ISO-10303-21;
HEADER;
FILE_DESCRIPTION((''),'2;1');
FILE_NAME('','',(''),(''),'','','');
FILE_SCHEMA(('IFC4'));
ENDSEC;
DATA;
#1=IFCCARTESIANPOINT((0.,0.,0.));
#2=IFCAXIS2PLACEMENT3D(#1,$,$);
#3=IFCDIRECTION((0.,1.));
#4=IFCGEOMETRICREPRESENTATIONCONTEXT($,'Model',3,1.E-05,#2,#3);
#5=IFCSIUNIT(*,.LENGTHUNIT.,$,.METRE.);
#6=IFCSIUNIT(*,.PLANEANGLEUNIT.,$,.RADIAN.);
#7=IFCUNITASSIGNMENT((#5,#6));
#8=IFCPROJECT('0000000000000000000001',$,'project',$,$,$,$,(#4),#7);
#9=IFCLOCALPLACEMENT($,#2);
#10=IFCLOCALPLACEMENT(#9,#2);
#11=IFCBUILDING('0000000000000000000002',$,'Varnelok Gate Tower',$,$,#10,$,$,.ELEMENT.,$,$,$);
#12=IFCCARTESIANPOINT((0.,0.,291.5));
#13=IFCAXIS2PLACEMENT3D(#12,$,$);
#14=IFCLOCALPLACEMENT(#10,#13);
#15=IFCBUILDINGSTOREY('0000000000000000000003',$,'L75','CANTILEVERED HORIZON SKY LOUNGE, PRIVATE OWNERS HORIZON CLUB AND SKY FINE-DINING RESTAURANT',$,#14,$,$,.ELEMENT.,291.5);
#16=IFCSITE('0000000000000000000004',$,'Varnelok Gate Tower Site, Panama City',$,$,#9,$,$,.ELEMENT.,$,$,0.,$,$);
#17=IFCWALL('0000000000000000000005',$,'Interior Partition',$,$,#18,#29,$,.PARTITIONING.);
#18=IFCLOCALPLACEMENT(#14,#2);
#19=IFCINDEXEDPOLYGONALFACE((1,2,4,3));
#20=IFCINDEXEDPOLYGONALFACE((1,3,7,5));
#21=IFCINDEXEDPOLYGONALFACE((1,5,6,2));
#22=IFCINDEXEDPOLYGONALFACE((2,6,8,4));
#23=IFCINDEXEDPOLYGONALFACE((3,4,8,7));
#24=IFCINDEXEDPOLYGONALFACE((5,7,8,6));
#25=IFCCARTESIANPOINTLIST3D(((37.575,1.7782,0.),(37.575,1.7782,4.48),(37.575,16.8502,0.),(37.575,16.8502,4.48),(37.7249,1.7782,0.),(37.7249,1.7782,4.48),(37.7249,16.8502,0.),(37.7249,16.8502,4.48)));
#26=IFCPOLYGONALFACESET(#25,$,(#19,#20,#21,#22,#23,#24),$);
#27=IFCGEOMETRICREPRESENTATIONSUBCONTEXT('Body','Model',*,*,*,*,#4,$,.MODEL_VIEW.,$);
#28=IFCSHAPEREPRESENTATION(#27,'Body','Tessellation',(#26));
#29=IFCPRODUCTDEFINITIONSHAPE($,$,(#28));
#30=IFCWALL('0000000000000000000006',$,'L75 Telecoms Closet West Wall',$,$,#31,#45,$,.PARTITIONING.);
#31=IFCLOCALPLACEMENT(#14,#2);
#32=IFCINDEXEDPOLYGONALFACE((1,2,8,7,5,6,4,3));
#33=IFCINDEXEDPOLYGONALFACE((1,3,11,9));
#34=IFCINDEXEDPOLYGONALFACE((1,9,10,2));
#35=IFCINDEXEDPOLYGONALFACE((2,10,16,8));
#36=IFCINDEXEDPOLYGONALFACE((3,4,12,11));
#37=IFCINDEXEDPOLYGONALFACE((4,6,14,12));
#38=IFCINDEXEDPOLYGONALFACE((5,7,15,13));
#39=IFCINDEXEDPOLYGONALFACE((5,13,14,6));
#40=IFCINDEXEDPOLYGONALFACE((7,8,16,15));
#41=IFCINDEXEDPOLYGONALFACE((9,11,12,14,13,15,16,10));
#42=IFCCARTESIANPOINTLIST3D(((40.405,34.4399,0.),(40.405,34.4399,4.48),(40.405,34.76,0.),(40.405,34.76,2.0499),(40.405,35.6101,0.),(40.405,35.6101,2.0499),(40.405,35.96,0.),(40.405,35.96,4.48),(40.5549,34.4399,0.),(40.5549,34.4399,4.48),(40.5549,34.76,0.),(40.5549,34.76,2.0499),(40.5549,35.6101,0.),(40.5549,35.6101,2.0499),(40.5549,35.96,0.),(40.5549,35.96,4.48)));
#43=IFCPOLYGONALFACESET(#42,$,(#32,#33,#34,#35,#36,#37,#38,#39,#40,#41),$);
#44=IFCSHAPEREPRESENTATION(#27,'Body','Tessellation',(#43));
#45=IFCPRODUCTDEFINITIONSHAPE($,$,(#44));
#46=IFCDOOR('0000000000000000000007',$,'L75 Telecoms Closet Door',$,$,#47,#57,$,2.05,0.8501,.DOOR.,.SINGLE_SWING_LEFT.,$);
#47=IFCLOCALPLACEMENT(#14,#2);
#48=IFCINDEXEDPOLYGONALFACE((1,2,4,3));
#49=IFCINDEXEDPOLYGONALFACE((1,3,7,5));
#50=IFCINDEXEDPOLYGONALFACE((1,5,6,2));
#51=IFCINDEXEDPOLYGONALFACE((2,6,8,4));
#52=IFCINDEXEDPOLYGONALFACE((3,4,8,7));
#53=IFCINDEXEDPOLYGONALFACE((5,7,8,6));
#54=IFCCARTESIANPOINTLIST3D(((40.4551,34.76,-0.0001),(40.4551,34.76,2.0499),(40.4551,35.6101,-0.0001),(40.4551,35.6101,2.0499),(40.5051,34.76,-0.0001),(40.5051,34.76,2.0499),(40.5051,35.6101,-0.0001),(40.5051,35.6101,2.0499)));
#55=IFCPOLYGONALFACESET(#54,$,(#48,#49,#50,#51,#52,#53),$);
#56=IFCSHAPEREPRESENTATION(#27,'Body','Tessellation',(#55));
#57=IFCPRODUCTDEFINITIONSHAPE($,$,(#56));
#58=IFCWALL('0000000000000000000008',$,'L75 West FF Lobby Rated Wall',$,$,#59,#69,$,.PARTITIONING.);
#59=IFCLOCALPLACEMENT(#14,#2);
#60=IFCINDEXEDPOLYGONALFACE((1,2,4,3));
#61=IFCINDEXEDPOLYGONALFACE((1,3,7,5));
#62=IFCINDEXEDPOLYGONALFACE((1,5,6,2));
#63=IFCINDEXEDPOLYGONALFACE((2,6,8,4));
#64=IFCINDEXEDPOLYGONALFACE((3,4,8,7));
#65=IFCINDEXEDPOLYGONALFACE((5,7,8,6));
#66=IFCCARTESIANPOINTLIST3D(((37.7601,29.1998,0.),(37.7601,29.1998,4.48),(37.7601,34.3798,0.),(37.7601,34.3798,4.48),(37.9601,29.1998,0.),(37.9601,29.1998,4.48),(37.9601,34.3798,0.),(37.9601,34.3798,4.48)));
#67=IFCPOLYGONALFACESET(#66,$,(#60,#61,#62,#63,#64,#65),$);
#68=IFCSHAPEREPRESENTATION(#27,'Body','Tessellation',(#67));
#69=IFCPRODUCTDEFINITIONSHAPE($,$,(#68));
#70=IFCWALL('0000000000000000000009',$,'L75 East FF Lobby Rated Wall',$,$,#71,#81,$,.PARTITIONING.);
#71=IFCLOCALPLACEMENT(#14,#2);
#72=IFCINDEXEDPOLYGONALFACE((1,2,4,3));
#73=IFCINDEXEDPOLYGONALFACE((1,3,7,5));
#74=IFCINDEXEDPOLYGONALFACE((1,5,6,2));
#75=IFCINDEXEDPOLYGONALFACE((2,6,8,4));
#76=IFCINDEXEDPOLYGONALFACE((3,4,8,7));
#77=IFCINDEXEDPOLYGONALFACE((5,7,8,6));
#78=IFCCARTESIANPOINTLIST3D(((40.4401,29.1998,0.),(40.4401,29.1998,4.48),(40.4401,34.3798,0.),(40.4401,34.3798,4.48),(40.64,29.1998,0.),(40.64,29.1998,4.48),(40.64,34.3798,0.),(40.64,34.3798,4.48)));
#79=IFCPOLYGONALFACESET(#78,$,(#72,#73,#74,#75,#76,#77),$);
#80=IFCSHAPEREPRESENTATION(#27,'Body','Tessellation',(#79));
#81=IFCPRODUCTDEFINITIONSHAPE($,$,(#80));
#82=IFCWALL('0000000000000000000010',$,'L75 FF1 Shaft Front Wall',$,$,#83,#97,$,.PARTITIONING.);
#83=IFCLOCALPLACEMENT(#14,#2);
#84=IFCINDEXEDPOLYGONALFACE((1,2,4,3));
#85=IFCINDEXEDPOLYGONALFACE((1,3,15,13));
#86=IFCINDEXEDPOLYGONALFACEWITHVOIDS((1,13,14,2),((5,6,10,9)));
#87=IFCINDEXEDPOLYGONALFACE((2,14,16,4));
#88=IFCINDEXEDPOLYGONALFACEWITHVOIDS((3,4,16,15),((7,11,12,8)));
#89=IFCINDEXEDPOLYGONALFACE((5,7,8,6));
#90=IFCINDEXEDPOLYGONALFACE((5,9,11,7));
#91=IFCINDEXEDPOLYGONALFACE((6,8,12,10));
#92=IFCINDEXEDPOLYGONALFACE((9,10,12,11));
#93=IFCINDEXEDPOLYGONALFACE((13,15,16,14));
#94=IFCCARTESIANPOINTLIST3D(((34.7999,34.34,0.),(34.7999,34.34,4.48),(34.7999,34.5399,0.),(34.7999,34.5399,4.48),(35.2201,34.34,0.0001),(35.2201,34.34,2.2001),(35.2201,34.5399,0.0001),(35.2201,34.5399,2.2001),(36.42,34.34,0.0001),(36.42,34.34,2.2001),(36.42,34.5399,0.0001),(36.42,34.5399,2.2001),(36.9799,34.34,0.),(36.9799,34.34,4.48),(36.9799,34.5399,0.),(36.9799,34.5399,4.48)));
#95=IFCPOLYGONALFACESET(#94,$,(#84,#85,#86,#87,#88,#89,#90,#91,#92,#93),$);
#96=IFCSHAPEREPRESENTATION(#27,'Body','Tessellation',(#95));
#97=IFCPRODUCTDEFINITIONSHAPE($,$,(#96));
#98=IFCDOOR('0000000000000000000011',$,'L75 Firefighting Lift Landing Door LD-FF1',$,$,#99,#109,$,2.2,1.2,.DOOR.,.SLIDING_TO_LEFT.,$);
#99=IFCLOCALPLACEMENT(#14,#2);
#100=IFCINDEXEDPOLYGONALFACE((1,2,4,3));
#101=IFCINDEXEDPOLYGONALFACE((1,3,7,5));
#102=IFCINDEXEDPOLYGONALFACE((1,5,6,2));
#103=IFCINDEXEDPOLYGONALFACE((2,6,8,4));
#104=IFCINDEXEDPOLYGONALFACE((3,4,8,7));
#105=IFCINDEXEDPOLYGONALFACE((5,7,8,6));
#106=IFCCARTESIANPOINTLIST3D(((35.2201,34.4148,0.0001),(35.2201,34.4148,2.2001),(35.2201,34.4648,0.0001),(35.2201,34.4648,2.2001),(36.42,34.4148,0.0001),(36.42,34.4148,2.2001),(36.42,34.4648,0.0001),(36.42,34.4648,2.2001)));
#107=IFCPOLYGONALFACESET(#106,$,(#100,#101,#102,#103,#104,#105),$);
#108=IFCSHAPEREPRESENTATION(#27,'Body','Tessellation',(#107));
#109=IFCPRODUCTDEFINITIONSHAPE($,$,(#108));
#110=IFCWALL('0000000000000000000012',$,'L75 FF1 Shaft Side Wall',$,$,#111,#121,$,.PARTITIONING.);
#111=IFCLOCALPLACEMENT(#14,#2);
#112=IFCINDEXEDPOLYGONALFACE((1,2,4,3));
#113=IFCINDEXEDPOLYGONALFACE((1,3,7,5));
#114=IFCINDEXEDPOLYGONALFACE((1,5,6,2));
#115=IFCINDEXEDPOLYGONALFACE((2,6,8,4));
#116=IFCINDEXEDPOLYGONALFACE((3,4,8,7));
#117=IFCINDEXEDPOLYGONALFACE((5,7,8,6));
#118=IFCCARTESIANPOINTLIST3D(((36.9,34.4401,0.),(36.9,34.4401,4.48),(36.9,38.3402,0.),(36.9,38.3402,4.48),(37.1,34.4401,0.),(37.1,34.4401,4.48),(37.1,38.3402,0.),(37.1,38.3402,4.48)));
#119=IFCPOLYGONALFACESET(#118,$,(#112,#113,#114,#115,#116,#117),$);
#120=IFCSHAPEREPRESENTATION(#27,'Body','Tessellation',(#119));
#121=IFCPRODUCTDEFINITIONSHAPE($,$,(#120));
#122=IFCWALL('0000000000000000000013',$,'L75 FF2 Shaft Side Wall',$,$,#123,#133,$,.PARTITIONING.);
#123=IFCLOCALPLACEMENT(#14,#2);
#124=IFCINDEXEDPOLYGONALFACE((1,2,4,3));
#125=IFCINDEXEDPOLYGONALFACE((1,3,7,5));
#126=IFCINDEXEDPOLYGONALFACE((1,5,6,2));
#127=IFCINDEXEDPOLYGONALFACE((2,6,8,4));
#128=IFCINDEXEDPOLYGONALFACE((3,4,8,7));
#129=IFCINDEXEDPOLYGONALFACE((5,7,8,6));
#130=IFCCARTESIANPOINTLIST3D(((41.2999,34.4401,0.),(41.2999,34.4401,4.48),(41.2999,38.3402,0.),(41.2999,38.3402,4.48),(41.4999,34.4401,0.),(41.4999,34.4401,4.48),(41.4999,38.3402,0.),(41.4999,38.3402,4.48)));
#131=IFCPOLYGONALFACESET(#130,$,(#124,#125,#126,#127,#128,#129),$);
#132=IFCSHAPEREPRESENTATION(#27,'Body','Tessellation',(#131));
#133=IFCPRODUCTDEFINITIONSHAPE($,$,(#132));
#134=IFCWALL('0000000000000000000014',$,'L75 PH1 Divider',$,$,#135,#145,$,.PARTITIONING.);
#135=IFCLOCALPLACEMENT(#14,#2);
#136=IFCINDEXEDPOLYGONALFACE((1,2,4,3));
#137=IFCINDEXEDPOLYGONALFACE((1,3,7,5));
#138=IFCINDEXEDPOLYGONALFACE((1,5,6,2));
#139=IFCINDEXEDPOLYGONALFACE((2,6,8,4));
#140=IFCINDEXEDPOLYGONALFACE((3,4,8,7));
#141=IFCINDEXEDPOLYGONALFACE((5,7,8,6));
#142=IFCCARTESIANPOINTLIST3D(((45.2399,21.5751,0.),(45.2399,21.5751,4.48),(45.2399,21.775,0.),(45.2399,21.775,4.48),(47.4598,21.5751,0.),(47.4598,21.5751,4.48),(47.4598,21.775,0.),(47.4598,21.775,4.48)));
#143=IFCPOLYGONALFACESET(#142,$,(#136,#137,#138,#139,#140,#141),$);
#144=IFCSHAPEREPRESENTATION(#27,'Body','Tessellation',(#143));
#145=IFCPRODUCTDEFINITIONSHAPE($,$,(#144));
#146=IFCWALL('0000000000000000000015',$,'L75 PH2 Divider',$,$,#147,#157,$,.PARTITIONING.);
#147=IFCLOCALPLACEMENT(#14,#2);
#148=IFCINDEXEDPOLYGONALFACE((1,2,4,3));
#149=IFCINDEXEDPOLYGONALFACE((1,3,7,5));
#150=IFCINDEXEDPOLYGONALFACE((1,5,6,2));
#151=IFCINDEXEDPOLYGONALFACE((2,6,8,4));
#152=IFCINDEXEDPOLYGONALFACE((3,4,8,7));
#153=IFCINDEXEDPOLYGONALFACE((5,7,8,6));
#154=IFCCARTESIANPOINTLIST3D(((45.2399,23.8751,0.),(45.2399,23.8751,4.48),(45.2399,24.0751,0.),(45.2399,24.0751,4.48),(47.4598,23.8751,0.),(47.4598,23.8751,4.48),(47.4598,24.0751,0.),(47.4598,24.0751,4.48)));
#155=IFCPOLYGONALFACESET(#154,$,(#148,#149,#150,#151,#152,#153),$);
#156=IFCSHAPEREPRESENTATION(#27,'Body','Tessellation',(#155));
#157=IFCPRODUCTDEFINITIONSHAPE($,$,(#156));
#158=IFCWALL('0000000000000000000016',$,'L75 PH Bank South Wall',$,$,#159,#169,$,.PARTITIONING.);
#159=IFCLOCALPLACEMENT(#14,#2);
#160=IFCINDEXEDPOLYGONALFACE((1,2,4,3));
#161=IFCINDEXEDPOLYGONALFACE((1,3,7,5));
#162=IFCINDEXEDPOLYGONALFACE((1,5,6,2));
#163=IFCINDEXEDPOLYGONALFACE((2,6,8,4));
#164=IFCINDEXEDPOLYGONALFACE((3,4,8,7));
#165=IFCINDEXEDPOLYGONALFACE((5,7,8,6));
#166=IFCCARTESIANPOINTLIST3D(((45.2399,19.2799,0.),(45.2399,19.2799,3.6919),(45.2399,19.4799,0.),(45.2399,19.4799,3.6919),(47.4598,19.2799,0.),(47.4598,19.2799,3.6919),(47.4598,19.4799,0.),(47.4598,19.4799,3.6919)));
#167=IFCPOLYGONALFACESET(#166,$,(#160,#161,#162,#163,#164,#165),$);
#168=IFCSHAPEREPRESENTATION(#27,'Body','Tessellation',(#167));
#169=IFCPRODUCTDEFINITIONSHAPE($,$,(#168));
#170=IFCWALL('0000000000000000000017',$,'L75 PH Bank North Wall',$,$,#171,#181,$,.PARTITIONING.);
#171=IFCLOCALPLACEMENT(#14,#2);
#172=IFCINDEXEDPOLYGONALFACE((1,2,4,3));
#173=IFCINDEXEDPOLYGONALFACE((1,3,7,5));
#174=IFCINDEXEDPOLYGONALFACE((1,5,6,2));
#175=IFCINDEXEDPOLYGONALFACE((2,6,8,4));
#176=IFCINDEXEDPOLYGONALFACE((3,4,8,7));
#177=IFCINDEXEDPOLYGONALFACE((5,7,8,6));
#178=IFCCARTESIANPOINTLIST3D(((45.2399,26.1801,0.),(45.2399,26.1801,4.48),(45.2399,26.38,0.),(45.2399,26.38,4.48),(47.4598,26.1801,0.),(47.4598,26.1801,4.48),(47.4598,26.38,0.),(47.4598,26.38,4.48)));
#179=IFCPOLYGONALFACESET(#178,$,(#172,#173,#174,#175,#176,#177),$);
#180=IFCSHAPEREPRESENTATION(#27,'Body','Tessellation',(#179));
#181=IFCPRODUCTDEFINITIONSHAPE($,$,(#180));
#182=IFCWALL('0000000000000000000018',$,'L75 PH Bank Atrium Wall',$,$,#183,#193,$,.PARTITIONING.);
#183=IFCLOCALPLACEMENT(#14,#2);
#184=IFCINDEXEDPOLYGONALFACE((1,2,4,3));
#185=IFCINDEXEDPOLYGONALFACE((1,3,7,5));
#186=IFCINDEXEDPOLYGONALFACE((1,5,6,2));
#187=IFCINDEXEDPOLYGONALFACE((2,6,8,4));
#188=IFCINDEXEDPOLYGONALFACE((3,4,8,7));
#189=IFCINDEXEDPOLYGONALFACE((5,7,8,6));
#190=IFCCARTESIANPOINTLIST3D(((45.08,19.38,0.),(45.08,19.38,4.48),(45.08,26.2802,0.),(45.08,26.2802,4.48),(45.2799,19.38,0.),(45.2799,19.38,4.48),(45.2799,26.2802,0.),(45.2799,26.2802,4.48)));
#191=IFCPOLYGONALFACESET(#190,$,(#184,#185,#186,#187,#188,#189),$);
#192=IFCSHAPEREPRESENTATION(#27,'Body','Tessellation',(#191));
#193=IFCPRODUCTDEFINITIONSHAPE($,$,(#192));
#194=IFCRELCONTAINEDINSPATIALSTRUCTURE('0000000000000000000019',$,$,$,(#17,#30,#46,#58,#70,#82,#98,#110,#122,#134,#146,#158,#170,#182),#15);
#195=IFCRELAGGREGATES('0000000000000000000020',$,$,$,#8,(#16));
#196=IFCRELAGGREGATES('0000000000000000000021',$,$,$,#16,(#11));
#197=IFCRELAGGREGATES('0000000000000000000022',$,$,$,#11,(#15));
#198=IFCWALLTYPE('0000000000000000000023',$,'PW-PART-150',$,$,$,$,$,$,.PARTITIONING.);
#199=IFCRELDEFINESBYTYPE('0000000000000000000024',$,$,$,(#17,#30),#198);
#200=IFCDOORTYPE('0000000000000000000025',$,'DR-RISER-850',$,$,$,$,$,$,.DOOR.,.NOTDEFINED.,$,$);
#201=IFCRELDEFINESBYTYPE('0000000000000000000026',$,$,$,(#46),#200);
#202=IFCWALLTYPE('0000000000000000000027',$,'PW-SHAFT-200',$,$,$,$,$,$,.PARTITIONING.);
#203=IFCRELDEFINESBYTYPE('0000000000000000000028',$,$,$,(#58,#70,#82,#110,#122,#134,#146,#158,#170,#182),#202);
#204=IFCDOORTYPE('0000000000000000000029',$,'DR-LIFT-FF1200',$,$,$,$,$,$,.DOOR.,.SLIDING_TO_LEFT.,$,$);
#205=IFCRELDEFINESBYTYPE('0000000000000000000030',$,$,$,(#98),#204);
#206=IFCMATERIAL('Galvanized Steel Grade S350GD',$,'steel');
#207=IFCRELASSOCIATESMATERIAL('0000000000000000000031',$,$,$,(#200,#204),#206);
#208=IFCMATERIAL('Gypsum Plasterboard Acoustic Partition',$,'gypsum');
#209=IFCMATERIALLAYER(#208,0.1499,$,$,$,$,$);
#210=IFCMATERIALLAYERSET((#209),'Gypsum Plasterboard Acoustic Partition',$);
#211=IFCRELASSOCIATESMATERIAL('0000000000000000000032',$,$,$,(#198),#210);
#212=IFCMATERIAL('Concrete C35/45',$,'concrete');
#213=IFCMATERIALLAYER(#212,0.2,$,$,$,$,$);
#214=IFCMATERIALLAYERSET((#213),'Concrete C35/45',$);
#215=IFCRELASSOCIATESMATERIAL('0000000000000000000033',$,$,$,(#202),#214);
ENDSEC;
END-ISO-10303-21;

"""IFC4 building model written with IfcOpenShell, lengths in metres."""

from ifc_helpers import new_model, si_unit, direction, frame, frame_2d, origin, place, context, subcontext, project, spatial, rectangle, extrude, material, layer, layer_set, type_object, element, fill, save


model = new_model("IFC4")

# Units and contexts
model_context = context("Model", 3, precision=1e-05, world=origin(), true_north=direction((0.0, 1.0)))
body_context = subcontext(model_context, "Body", "Model", "MODEL_VIEW")
ifc_project = project(units=[si_unit("LENGTHUNIT", "METRE"), si_unit("PLANEANGLEUNIT", "RADIAN")], contexts=[model_context])

# Site, building, storey
site_placement = place(None, origin())
site = spatial("IfcSite", under=ifc_project, at=site_placement, Name="Varnelok Gate Tower Site, Panama City", CompositionType="ELEMENT", RefElevation=0.0)
building_placement = place(site_placement, origin())
building = spatial("IfcBuilding", under=site, at=building_placement, Name="Varnelok Gate Tower", CompositionType="ELEMENT")
storey_placement = place(building_placement, frame((0.0, 0.0, 291.5)))
storey = spatial("IfcBuildingStorey", under=building, at=storey_placement, Name="L75", Description="CANTILEVERED HORIZON SKY LOUNGE, PRIVATE OWNERS HORIZON CLUB AND SKY FINE-DINING RESTAURANT", CompositionType="ELEMENT", Elevation=291.5)

# Shared definitions
ifc_material_1 = material(Name="Gypsum Plasterboard Acoustic Partition", Category="gypsum")
ifc_material_2 = material(Name="Galvanized Steel Grade S350GD", Category="steel")
door_type_1 = type_object("IfcDoorType", Name="DR-RISER-850", OperationType="NOTDEFINED", PredefinedType="DOOR", material=ifc_material_2)

# Wall
ifc_layer_1 = layer(ifc_material_1, 0.1499)
ifc_layer_set_1 = layer_set([ifc_layer_1], Name="Gypsum Plasterboard Acoustic Partition")
wall_type_1 = type_object("IfcWallType", Name="PW-PART-150", PredefinedType="PARTITIONING", material=ifc_layer_set_1)
wall_1_placement = place(storey_placement, frame((37.6499, 1.7781, 0.0), z_axis=(0.0, 0.0, 1.0), x_axis=(0.0, 1.0, 0.0)))
element("IfcWall", 1, at=wall_1_placement, inside=storey, type_object=wall_type_1, Name="Interior Partition", PredefinedType="PARTITIONING", context=body_context, shape_type="SweptSolid", body=[
    extrude(rectangle(XDim=15.072, YDim=0.1499, at=frame_2d((7.5361, 0.0))), origin(), (0.0, 0.0, 1.0), 4.48),
])

# Wall, opening, door
wall_2_placement = place(storey_placement, frame((40.48, 34.4399, 0.0), z_axis=(0.0, 0.0, 1.0), x_axis=(0.0, 1.0, 0.0)))
wall_2 = element("IfcWall", 2, at=wall_2_placement, inside=storey, type_object=wall_type_1, Name="L75 Telecoms Closet West Wall", PredefinedType="PARTITIONING", context=body_context, shape_type="SweptSolid", body=[
    extrude(rectangle(XDim=1.52, YDim=0.1499, at=frame_2d((0.76, 0.0))), origin(), (0.0, 0.0, 1.0), 4.48),
])
opening_1_placement = place(wall_2_placement, frame((0.3201, 0.0, 0.0)))
opening_1 = element("IfcOpeningElement", 3, at=opening_1_placement, cuts=wall_2, PredefinedType="OPENING", context=body_context, shape_type="SweptSolid", body=[
    extrude(rectangle(XDim=0.8501, YDim=2.05, at=frame_2d((0.425, 1.0249))), frame((0.0, 0.085, 0.0), z_axis=(0.0, -1.0, 0.0), x_axis=(1.0, 0.0, 0.0)), (0.0, 0.0, 1.0), 0.1699),
])
door_1_placement = place(opening_1_placement, origin())
door_1 = element("IfcDoor", 4, at=door_1_placement, inside=storey, type_object=door_type_1, Name="L75 Telecoms Closet Door", OperationType="SINGLE_SWING_LEFT", OverallHeight=2.05, OverallWidth=0.8501, PredefinedType="DOOR", context=body_context, shape_type="SweptSolid", body=[
    extrude(rectangle(XDim=0.8501, YDim=2.05, at=frame_2d((0.425, 1.0249))), frame((0.0, 0.0249, 0.0), z_axis=(0.0, -1.0, 0.0), x_axis=(1.0, 0.0, 0.0)), (0.0, 0.0, 1.0), 0.05),
])
fill(opening_1, door_1)

# Walls
ifc_material_3 = material(Name="Concrete C35/45", Category="concrete")
ifc_layer_2 = layer(ifc_material_3, 0.2)
ifc_layer_set_2 = layer_set([ifc_layer_2], Name="Concrete C35/45")
wall_type_2 = type_object("IfcWallType", Name="PW-SHAFT-200", PredefinedType="PARTITIONING", material=ifc_layer_set_2)
for number, where, z_axis, x_axis, name in (
    (5, (37.8601, 29.2, 0.0), (0.0, 0.0, 1.0), (0.0, 1.0, 0.0), "L75 West FF Lobby Rated Wall"),
    (6, (40.54, 29.2, 0.0), (0.0, 0.0, 1.0), (0.0, 1.0, 0.0), "L75 East FF Lobby Rated Wall"),
):
    element("IfcWall", number, at=place(storey_placement, frame(where, z_axis=z_axis, x_axis=x_axis)), inside=storey, type_object=wall_type_2, Name=name, PredefinedType="PARTITIONING", context=body_context, shape_type="SweptSolid", body=[
        extrude(rectangle(XDim=5.1799, YDim=0.2, at=frame_2d((2.5898, 0.0))), origin(), (0.0, 0.0, 1.0), 4.48),
    ])

# Wall, opening, door
wall_3_placement = place(storey_placement, frame((34.8, 34.4399, 0.0), z_axis=(0.0, 0.0, 1.0), x_axis=(1.0, 0.0, 0.0)))
wall_3 = element("IfcWall", 7, at=wall_3_placement, inside=storey, type_object=wall_type_2, Name="L75 FF1 Shaft Front Wall", PredefinedType="PARTITIONING", context=body_context, shape_type="SweptSolid", body=[
    extrude(rectangle(XDim=2.1799, YDim=0.2, at=frame_2d((1.0898, 0.0))), origin(), (0.0, 0.0, 1.0), 4.48),
])
opening_2_placement = place(wall_3_placement, frame((0.4199, 0.0, 0.0)))
opening_2 = element("IfcOpeningElement", 8, at=opening_2_placement, cuts=wall_3, PredefinedType="OPENING", context=body_context, shape_type="SweptSolid", body=[
    extrude(rectangle(XDim=1.2, YDim=2.2, at=frame_2d((0.6001, 1.1001))), frame((0.0, 0.1099, 0.0), z_axis=(0.0, -1.0, 0.0), x_axis=(1.0, 0.0, 0.0)), (0.0, 0.0, 1.0), 0.22),
])
door_type_2 = type_object("IfcDoorType", Name="DR-LIFT-FF1200", OperationType="SLIDING_TO_LEFT", PredefinedType="DOOR", material=ifc_material_2)
door_2_placement = place(opening_2_placement, origin())
door_2 = element("IfcDoor", 9, at=door_2_placement, inside=storey, type_object=door_type_2, Name="L75 Firefighting Lift Landing Door LD-FF1", OperationType="SLIDING_TO_LEFT", OverallHeight=2.2, OverallWidth=1.2, PredefinedType="DOOR", context=body_context, shape_type="SweptSolid", body=[
    extrude(rectangle(XDim=1.2, YDim=2.2, at=frame_2d((0.6001, 1.1001))), frame((0.0, 0.0249, 0.0), z_axis=(0.0, -1.0, 0.0), x_axis=(1.0, 0.0, 0.0)), (0.0, 0.0, 1.0), 0.05),
])
fill(opening_2, door_2)

# Walls
for number, where, z_axis, x_axis, name in (
    (10, (37.0, 34.4399, 0.0), (0.0, 0.0, 1.0), (0.0, 1.0, 0.0), "L75 FF1 Shaft Side Wall"),
    (11, (41.3999, 34.4399, 0.0), (0.0, 0.0, 1.0), (0.0, 1.0, 0.0), "L75 FF2 Shaft Side Wall"),
):
    element("IfcWall", number, at=place(storey_placement, frame(where, z_axis=z_axis, x_axis=x_axis)), inside=storey, type_object=wall_type_2, Name=name, PredefinedType="PARTITIONING", context=body_context, shape_type="SweptSolid", body=[
        extrude(rectangle(XDim=3.9001, YDim=0.2, at=frame_2d((1.9502, 0.0))), origin(), (0.0, 0.0, 1.0), 4.48),
    ])
for number, where, z_axis, x_axis, name in (
    (12, (45.24, 21.675, 0.0), (0.0, 0.0, 1.0), (1.0, 0.0, 0.0), "L75 PH1 Divider"),
    (13, (45.24, 23.9751, 0.0), (0.0, 0.0, 1.0), (1.0, 0.0, 0.0), "L75 PH2 Divider"),
):
    element("IfcWall", number, at=place(storey_placement, frame(where, z_axis=z_axis, x_axis=x_axis)), inside=storey, type_object=wall_type_2, Name=name, PredefinedType="PARTITIONING", context=body_context, shape_type="SweptSolid", body=[
        extrude(rectangle(XDim=2.22, YDim=0.2, at=frame_2d((1.1099, 0.0))), origin(), (0.0, 0.0, 1.0), 4.48),
    ])
wall_4_placement = place(storey_placement, frame((45.24, 19.3799, 0.0), z_axis=(0.0, 0.0, 1.0), x_axis=(1.0, 0.0, 0.0)))
element("IfcWall", 14, at=wall_4_placement, inside=storey, type_object=wall_type_2, Name="L75 PH Bank South Wall", PredefinedType="PARTITIONING", context=body_context, shape_type="SweptSolid", body=[
    extrude(rectangle(XDim=2.22, YDim=0.2, at=frame_2d((1.1099, 0.0))), origin(), (0.0, 0.0, 1.0), 3.6919),
])
wall_5_placement = place(storey_placement, frame((45.24, 26.28, 0.0), z_axis=(0.0, 0.0, 1.0), x_axis=(1.0, 0.0, 0.0)))
element("IfcWall", 15, at=wall_5_placement, inside=storey, type_object=wall_type_2, Name="L75 PH Bank North Wall", PredefinedType="PARTITIONING", context=body_context, shape_type="SweptSolid", body=[
    extrude(rectangle(XDim=2.22, YDim=0.2, at=frame_2d((1.1099, 0.0))), origin(), (0.0, 0.0, 1.0), 4.48),
])
wall_6_placement = place(storey_placement, frame((45.1799, 19.3799, 0.0), z_axis=(0.0, 0.0, 1.0), x_axis=(0.0, 1.0, 0.0)))
element("IfcWall", 16, at=wall_6_placement, inside=storey, type_object=wall_type_2, Name="L75 PH Bank Atrium Wall", PredefinedType="PARTITIONING", context=body_context, shape_type="SweptSolid", body=[
    extrude(rectangle(XDim=6.9001, YDim=0.2, at=frame_2d((3.4502, 0.0))), origin(), (0.0, 0.0, 1.0), 4.48),
])

save(model, "model.ifc")
